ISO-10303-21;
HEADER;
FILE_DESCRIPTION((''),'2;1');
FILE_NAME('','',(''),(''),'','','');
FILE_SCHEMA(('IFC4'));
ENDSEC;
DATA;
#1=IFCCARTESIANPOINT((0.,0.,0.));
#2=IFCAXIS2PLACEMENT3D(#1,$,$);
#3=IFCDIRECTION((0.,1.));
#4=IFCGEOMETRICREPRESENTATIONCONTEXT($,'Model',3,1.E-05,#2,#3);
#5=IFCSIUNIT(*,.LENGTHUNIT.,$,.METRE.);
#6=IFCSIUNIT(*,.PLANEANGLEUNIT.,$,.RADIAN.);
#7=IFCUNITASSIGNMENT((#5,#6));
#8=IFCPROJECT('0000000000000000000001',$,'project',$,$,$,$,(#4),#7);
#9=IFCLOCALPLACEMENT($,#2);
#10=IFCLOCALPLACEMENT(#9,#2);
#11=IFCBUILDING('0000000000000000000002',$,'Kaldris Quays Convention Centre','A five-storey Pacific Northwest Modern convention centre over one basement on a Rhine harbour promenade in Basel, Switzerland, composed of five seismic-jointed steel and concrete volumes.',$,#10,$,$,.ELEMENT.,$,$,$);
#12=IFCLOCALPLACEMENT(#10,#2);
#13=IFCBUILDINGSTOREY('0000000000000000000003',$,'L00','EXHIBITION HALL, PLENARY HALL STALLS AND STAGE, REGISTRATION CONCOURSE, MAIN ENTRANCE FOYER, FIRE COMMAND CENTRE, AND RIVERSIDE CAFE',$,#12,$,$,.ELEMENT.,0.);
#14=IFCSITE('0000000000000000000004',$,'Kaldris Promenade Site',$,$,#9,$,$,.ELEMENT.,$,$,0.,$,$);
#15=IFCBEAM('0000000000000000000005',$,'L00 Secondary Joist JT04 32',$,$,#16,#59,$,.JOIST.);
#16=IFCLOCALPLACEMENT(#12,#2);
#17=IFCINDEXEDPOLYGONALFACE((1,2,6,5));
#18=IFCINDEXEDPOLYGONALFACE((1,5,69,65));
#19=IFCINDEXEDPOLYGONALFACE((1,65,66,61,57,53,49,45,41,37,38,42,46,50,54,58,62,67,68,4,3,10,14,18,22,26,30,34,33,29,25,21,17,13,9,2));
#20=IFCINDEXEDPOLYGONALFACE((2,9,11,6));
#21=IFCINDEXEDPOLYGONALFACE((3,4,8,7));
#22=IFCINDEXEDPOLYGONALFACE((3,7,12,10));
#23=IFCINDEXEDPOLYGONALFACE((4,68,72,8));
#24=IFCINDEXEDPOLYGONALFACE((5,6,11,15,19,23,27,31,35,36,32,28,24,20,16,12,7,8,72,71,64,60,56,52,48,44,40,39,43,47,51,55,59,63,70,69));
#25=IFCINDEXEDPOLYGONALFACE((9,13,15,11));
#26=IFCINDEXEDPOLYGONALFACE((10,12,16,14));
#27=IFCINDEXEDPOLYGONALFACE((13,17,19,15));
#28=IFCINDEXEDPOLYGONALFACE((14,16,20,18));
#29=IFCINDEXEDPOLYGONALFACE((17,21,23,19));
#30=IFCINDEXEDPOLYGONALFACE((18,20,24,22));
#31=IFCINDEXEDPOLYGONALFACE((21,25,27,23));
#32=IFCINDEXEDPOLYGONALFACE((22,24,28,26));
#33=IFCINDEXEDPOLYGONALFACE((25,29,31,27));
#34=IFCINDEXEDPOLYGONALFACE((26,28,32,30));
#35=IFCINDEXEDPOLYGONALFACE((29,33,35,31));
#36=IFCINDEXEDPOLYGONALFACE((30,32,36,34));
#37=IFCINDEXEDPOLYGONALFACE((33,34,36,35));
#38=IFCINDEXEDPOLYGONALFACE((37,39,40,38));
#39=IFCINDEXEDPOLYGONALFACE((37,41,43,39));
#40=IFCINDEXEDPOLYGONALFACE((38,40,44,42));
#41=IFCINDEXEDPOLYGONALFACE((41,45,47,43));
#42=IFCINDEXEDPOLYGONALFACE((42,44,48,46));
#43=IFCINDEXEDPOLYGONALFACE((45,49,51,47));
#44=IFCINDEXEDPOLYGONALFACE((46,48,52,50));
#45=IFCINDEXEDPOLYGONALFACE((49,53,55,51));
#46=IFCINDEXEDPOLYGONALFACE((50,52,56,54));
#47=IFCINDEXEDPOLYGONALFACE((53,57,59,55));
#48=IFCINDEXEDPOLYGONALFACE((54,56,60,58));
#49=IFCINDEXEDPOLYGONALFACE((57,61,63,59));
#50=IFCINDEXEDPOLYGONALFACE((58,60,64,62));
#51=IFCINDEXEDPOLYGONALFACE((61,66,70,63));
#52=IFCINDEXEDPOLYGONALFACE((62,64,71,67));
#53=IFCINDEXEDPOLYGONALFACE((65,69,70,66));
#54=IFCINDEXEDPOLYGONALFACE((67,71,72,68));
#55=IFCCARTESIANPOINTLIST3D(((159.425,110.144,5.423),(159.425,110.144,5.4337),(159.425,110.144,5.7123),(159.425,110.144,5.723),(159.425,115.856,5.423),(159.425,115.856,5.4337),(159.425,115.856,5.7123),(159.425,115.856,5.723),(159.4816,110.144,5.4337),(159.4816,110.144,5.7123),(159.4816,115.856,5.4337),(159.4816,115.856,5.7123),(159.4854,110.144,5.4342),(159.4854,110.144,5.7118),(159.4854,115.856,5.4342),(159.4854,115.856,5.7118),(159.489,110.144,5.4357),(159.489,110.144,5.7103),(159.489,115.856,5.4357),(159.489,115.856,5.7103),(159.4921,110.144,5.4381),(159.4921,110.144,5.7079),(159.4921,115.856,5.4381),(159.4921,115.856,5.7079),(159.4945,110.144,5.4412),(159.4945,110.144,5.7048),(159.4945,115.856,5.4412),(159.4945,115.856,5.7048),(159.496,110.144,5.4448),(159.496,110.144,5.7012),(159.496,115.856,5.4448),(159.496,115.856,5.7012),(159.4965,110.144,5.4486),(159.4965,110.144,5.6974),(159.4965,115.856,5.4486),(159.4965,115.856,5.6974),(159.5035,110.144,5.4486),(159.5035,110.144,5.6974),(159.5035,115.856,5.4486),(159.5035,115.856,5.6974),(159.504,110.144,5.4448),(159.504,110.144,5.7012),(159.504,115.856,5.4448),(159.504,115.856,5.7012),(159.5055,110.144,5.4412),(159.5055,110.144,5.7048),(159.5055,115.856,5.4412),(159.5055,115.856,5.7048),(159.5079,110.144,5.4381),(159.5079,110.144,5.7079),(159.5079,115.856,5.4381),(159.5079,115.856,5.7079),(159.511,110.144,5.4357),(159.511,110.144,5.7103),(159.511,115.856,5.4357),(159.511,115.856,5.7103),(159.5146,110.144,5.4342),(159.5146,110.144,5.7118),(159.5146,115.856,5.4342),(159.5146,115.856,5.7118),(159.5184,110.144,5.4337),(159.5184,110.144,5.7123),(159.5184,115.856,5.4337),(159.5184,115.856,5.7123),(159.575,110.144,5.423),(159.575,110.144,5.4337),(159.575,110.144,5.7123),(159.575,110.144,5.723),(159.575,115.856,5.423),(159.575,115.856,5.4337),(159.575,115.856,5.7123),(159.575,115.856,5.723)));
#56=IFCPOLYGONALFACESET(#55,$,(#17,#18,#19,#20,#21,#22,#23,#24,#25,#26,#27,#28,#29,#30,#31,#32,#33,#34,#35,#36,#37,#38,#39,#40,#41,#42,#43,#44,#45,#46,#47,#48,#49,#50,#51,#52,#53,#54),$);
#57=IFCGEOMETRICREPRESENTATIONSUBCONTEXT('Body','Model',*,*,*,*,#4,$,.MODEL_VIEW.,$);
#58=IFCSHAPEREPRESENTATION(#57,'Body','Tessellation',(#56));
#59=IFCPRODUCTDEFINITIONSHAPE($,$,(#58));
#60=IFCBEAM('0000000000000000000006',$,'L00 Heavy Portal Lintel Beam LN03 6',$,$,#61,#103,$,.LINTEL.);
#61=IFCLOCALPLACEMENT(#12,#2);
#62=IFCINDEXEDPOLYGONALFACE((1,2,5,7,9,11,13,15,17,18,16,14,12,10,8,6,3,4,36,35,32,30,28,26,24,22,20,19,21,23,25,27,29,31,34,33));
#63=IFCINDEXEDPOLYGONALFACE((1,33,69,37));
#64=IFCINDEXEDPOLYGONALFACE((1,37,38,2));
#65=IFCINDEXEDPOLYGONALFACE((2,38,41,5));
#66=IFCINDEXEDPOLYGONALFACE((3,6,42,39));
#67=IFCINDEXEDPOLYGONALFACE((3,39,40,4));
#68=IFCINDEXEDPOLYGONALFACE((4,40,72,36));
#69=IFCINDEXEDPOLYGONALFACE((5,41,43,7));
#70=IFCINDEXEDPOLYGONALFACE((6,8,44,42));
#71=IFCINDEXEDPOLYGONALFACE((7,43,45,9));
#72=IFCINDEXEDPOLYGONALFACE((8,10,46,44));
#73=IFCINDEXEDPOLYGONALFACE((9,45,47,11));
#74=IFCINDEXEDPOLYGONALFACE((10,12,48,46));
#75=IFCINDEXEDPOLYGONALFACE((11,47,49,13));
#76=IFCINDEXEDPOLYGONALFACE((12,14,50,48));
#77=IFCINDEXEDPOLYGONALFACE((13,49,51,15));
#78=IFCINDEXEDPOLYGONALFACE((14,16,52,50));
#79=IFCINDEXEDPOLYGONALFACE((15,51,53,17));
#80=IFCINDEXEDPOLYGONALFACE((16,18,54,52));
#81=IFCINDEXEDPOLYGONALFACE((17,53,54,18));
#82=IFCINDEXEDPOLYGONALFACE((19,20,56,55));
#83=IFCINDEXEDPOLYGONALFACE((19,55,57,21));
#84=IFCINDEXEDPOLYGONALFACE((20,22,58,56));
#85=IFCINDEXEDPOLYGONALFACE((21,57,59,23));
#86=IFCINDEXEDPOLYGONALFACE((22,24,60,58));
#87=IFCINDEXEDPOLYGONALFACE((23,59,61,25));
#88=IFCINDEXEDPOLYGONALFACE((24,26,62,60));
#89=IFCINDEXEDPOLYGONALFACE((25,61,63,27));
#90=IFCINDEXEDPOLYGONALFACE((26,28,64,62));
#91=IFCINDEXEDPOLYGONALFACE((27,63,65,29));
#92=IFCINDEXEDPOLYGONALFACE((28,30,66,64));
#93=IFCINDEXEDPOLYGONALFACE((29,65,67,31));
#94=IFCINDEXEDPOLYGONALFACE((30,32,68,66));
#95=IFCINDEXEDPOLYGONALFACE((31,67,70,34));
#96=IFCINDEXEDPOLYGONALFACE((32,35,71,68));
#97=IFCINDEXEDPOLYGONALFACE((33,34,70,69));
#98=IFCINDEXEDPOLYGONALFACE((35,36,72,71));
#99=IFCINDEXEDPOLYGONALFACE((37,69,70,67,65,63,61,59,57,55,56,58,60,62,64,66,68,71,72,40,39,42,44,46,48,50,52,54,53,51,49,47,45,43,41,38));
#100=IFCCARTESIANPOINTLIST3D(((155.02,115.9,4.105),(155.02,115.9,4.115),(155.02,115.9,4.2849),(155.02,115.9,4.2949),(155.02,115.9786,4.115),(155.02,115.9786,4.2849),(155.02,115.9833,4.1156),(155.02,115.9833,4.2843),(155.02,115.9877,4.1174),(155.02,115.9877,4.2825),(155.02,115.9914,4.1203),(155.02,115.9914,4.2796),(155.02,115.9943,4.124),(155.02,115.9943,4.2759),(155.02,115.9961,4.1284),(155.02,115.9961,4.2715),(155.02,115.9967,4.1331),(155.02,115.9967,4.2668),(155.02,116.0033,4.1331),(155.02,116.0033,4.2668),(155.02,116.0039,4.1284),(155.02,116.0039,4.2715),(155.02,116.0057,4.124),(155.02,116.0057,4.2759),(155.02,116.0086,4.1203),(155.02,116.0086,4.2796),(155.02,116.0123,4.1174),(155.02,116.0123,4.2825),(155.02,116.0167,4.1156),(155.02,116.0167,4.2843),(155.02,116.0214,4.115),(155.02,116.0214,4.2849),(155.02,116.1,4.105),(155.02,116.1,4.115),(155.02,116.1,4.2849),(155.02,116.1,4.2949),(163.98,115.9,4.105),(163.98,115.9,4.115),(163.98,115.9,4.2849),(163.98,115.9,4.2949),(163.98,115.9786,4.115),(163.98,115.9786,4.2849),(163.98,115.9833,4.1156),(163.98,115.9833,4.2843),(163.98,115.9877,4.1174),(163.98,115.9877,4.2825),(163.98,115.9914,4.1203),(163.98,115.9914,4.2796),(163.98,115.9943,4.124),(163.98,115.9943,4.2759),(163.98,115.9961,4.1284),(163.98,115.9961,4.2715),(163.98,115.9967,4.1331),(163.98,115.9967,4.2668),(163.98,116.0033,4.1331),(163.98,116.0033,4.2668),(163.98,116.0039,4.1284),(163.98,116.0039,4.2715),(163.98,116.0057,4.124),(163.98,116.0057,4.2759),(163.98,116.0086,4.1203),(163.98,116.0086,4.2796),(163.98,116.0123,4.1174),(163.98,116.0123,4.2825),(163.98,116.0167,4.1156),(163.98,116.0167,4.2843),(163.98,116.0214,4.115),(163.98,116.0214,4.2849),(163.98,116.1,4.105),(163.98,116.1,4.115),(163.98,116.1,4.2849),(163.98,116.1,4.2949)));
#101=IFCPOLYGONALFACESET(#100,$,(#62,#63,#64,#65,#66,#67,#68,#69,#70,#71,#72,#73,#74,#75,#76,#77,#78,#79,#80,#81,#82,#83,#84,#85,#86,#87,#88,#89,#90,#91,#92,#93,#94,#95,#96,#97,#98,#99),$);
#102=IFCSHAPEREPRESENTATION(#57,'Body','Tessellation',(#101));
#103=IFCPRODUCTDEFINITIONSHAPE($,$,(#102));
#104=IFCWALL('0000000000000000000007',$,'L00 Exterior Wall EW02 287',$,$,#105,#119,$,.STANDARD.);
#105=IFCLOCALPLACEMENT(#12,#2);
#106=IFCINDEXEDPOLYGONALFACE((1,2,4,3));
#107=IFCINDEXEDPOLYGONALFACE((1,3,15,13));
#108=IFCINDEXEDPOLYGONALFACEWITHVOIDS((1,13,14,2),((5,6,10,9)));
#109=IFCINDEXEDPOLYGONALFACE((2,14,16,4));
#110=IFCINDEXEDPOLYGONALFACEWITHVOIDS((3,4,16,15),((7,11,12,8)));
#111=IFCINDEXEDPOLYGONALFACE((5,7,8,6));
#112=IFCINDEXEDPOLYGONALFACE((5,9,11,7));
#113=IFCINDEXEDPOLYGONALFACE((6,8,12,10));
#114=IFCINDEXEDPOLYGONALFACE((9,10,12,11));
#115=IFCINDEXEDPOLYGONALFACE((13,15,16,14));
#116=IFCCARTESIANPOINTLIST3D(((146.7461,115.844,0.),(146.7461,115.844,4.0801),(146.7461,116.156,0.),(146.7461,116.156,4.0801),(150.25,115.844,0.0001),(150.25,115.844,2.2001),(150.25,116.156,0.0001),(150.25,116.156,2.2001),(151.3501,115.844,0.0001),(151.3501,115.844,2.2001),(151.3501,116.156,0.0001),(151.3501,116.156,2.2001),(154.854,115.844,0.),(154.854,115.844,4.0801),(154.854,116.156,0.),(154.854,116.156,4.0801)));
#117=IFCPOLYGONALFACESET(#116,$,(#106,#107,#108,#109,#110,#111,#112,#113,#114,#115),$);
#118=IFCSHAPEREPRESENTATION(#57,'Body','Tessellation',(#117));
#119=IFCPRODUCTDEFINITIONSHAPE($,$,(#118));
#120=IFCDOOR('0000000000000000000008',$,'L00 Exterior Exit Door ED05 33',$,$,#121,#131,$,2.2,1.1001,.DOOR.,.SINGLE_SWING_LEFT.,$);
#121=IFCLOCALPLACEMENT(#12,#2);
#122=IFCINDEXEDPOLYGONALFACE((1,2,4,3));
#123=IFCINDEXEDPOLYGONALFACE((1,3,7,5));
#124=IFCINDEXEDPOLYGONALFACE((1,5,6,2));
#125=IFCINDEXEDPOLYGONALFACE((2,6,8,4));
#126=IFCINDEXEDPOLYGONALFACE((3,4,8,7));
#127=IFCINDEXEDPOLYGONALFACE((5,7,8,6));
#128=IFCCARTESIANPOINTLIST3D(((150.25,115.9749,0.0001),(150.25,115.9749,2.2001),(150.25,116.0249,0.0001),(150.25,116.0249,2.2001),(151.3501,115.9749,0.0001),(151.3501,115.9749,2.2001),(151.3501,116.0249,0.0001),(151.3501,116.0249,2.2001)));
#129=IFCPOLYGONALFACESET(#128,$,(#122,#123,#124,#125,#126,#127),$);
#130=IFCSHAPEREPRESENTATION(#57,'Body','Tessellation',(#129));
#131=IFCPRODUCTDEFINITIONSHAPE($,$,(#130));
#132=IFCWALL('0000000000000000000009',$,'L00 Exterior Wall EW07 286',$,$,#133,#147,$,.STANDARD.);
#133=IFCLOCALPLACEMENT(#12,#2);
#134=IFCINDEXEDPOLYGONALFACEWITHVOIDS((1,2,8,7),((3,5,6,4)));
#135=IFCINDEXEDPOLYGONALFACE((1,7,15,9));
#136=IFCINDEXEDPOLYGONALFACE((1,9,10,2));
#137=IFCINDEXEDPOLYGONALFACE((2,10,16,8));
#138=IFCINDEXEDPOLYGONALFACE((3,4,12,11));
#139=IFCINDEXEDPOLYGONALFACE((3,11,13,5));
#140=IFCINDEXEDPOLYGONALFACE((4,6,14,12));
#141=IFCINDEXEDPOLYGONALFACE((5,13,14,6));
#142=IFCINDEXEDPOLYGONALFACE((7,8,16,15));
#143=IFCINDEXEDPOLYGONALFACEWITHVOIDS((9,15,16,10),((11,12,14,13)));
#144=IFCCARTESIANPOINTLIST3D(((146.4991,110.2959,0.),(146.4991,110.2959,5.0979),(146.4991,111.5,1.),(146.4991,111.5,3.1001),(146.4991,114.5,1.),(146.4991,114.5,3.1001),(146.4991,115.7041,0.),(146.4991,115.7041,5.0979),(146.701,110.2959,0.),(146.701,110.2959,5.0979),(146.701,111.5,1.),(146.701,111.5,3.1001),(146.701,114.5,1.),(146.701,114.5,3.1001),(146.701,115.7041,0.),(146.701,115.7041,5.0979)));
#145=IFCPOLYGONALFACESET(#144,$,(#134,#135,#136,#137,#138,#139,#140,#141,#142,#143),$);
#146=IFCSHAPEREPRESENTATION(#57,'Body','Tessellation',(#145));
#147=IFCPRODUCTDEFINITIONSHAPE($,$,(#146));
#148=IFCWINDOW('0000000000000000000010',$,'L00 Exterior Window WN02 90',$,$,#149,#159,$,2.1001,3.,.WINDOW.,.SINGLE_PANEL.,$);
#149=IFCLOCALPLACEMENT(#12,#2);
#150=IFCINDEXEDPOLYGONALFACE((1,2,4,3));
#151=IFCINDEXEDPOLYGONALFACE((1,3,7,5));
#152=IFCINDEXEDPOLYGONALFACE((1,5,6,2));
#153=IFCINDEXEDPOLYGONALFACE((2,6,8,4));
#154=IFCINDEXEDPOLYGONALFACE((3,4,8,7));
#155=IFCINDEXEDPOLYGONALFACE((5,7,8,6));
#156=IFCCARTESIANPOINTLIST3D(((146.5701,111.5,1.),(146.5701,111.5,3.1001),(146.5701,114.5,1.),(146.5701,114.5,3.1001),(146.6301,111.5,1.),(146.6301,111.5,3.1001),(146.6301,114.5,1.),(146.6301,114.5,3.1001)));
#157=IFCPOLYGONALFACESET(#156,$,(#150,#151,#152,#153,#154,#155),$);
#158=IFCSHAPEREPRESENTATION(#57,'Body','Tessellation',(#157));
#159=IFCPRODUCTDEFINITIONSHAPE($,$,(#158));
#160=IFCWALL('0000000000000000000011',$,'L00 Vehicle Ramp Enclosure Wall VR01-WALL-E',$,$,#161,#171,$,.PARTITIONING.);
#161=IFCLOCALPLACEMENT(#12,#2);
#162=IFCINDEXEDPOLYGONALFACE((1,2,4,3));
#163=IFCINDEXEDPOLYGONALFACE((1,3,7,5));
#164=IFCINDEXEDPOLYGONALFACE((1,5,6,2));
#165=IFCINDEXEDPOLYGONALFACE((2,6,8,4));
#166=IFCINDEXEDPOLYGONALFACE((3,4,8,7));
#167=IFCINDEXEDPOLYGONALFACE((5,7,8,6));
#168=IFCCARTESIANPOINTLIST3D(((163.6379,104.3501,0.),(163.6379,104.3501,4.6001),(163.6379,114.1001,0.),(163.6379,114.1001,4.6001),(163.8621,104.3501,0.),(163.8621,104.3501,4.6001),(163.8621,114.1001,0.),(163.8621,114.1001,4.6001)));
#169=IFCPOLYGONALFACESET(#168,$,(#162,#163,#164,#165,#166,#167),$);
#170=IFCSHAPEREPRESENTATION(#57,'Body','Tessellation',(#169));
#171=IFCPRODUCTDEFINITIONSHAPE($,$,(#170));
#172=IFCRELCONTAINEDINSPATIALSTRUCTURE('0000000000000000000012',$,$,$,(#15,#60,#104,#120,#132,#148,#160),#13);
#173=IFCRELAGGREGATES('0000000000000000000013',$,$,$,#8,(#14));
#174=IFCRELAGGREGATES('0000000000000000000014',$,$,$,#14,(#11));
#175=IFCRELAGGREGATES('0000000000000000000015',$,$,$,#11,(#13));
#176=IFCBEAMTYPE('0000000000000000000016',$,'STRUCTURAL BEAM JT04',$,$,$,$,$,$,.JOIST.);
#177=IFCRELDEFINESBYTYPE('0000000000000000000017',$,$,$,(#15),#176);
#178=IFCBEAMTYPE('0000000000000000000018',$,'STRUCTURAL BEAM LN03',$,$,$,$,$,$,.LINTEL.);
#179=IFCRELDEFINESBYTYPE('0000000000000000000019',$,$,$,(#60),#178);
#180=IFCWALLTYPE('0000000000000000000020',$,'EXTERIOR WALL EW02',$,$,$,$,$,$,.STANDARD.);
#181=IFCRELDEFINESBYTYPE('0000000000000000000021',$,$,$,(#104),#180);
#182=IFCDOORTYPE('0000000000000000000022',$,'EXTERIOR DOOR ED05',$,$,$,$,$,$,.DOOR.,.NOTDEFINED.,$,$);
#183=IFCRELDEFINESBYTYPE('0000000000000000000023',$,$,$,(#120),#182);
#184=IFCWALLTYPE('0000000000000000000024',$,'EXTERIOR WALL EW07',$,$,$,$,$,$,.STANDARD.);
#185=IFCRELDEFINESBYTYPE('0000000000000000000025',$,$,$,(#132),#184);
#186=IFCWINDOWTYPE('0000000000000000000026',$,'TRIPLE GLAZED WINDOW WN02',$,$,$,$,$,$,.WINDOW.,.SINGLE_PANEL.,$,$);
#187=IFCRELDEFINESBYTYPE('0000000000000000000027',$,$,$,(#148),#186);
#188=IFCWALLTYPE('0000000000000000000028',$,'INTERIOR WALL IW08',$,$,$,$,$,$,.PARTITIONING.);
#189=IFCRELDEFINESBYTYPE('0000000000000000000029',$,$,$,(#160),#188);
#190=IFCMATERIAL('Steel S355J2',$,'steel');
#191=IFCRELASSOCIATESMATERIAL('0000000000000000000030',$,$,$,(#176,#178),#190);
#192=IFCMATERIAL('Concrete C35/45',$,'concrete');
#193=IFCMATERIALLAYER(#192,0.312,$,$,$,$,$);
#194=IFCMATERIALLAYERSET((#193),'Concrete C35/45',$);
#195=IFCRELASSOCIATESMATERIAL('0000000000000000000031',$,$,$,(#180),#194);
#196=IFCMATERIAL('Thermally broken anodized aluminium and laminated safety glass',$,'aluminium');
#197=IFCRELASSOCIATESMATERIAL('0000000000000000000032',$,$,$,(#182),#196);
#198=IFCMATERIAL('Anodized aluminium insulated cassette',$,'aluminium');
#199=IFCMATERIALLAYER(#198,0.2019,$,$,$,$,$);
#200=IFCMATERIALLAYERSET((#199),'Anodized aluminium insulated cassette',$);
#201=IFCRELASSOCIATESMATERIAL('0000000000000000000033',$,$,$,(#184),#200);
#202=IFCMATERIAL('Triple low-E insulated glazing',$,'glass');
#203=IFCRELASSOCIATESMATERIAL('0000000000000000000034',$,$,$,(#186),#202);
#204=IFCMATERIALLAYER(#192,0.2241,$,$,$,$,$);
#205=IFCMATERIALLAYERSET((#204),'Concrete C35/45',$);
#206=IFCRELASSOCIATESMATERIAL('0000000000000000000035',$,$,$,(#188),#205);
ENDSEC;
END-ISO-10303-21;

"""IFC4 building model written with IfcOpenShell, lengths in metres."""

from ifc_helpers import new_model, si_unit, direction, frame, frame_2d, origin, origin_2d, place, context, subcontext, project, spatial, rectangle, i_section, extrude, material, layer, layer_set, material_profile, profile_set, type_object, element, fill, save


model = new_model("IFC4")

# Units and contexts
model_context = context("Model", 3, precision=1e-05, world=origin(), true_north=direction((0.0, 1.0)))
body_context = subcontext(model_context, "Body", "Model", "MODEL_VIEW")
ifc_project = project(units=[si_unit("LENGTHUNIT", "METRE"), si_unit("PLANEANGLEUNIT", "RADIAN")], contexts=[model_context])

# Site, building, storey
site_placement = place(None, origin())
site = spatial("IfcSite", under=ifc_project, at=site_placement, Name="Kaldris Promenade Site", CompositionType="ELEMENT", RefElevation=0.0)
building_placement = place(site_placement, origin())
building = spatial("IfcBuilding", under=site, at=building_placement, Name="Kaldris Quays Convention Centre", Description="A five-storey Pacific Northwest Modern convention centre over one basement on a Rhine harbour promenade in Basel, Switzerland, composed of five seismic-jointed steel and concrete volumes.", CompositionType="ELEMENT")
storey_placement = place(building_placement, origin())
storey = spatial("IfcBuildingStorey", under=building, at=storey_placement, Name="L00", Description="EXHIBITION HALL, PLENARY HALL STALLS AND STAGE, REGISTRATION CONCOURSE, MAIN ENTRANCE FOYER, FIRE COMMAND CENTRE, AND RIVERSIDE CAFE", CompositionType="ELEMENT", Elevation=0.0)

# Shared definitions
ifc_material_1 = material(Name="Steel S355J2", Category="steel")

# Beams
ifc_material_profile_1 = material_profile(ifc_material_1, i_section(OverallWidth=0.1499, OverallDepth=0.3, WebThickness=0.0071, FlangeThickness=0.0107, FilletRadius=0.0149, at=origin_2d()), Name="IPE 300")
ifc_profile_set_1 = profile_set([ifc_material_profile_1], Name="Steel S355J2")
beam_type_1 = type_object("IfcBeamType", Name="STRUCTURAL BEAM JT04", PredefinedType="JOIST", material=ifc_profile_set_1)
for number, where, z_axis, x_axis, name in (
    (1, (159.5, 110.144, 5.573), (0.0, 1.0, 0.0), (-1.0, 0.0, 0.0), "L00 Secondary Joist JT04 32"),
):
    element("IfcBeam", number, at=place(storey_placement, frame(where, z_axis=z_axis, x_axis=x_axis)), inside=storey, type_object=beam_type_1, Name=name, PredefinedType="JOIST", context=body_context, shape_type="SweptSolid", body=[
        extrude(i_section(OverallWidth=0.1499, OverallDepth=0.3, WebThickness=0.0071, FlangeThickness=0.0107, FilletRadius=0.0149, at=origin_2d()), origin(), (0.0, 0.0, 1.0), 5.7119),
    ])
ifc_material_profile_2 = material_profile(ifc_material_1, i_section(OverallWidth=0.2, OverallDepth=0.1899, WebThickness=0.0066, FlangeThickness=0.01, FilletRadius=0.0181, at=origin_2d()), Name="HEA 200")
ifc_profile_set_2 = profile_set([ifc_material_profile_2], Name="Steel S355J2")
beam_type_2 = type_object("IfcBeamType", Name="STRUCTURAL BEAM LN03", PredefinedType="LINTEL", material=ifc_profile_set_2)
beam_1_placement = place(storey_placement, frame((155.02, 116.0, 4.2), z_axis=(1.0, 0.0, 0.0), x_axis=(0.0, 1.0, 0.0)))
element("IfcBeam", 2, at=beam_1_placement, inside=storey, type_object=beam_type_2, Name="L00 Heavy Portal Lintel Beam LN03 6", PredefinedType="LINTEL", context=body_context, shape_type="SweptSolid", body=[
    extrude(i_section(OverallWidth=0.2, OverallDepth=0.1899, WebThickness=0.0066, FlangeThickness=0.01, FilletRadius=0.0181, at=origin_2d()), origin(), (0.0, 0.0, 1.0), 8.96),
])

# Wall, opening, door
ifc_material_2 = material(Name="Concrete C35/45", Category="concrete")
ifc_layer_1 = layer(ifc_material_2, 0.312)
ifc_layer_set_1 = layer_set([ifc_layer_1], Name="Concrete C35/45")
wall_type_1 = type_object("IfcWallType", Name="EXTERIOR WALL EW02", PredefinedType="STANDARD", material=ifc_layer_set_1)
wall_1_placement = place(storey_placement, frame((146.7461, 116.0, 0.0), z_axis=(0.0, 0.0, 1.0), x_axis=(1.0, 0.0, 0.0)))
wall_1 = element("IfcWall", 3, at=wall_1_placement, inside=storey, type_object=wall_type_1, Name="L00 Exterior Wall EW02 287", PredefinedType="STANDARD", context=body_context, shape_type="SweptSolid", body=[
    extrude(rectangle(XDim=8.1079, YDim=0.312, at=frame_2d((4.054, 0.0))), origin(), (0.0, 0.0, 1.0), 4.0801),
])
opening_1_placement = place(wall_1_placement, frame((3.5039, 0.0, 0.0)))
opening_1 = element("IfcOpeningElement", 4, at=opening_1_placement, cuts=wall_1, PredefinedType="OPENING", context=body_context, shape_type="SweptSolid", body=[
    extrude(rectangle(XDim=1.1001, YDim=2.2, at=frame_2d((0.55, 1.1001))), frame((0.0, 0.166, 0.0), z_axis=(0.0, -1.0, 0.0), x_axis=(1.0, 0.0, 0.0)), (0.0, 0.0, 1.0), 0.332),
])
ifc_material_3 = material(Name="Thermally broken anodized aluminium and laminated safety glass", Category="aluminium")
door_type_1 = type_object("IfcDoorType", Name="EXTERIOR DOOR ED05", OperationType="NOTDEFINED", PredefinedType="DOOR", material=ifc_material_3)
door_1_placement = place(opening_1_placement, origin())
door_1 = element("IfcDoor", 5, at=door_1_placement, inside=storey, type_object=door_type_1, Name="L00 Exterior Exit Door ED05 33", OperationType="SINGLE_SWING_LEFT", OverallHeight=2.2, OverallWidth=1.1001, PredefinedType="DOOR", context=body_context, shape_type="SweptSolid", body=[
    extrude(rectangle(XDim=1.1001, YDim=2.2, at=frame_2d((0.55, 1.1001))), frame((0.0, 0.0249, 0.0), z_axis=(0.0, -1.0, 0.0), x_axis=(1.0, 0.0, 0.0)), (0.0, 0.0, 1.0), 0.05),
])
fill(opening_1, door_1)

# Wall, opening, window
ifc_material_4 = material(Name="Anodized aluminium insulated cassette", Category="aluminium")
ifc_layer_2 = layer(ifc_material_4, 0.2019)
ifc_layer_set_2 = layer_set([ifc_layer_2], Name="Anodized aluminium insulated cassette")
wall_type_2 = type_object("IfcWallType", Name="EXTERIOR WALL EW07", PredefinedType="STANDARD", material=ifc_layer_set_2)
wall_2_placement = place(storey_placement, frame((146.6001, 110.2959, 0.0), z_axis=(0.0, 0.0, 1.0), x_axis=(0.0, 1.0, 0.0)))
wall_2 = element("IfcWall", 6, at=wall_2_placement, inside=storey, type_object=wall_type_2, Name="L00 Exterior Wall EW07 286", PredefinedType="STANDARD", context=body_context, shape_type="SweptSolid", body=[
    extrude(rectangle(XDim=5.4082, YDim=0.2019, at=frame_2d((2.7041, 0.0))), origin(), (0.0, 0.0, 1.0), 5.0979),
])
opening_2_placement = place(wall_2_placement, frame((1.2041, 0.0, 1.0)))
opening_2 = element("IfcOpeningElement", 7, at=opening_2_placement, cuts=wall_2, PredefinedType="OPENING", context=body_context, shape_type="SweptSolid", body=[
    extrude(rectangle(XDim=3.0, YDim=2.1001, at=frame_2d((1.5, 1.05))), frame((0.0, 0.1108, 0.0), z_axis=(0.0, -1.0, 0.0), x_axis=(1.0, 0.0, 0.0)), (0.0, 0.0, 1.0), 0.2219),
])
ifc_material_5 = material(Name="Triple low-E insulated glazing", Category="glass")
window_type = type_object("IfcWindowType", Name="TRIPLE GLAZED WINDOW WN02", PartitioningType="SINGLE_PANEL", PredefinedType="WINDOW", material=ifc_material_5)
window_placement = place(opening_2_placement, origin())
window = element("IfcWindow", 8, at=window_placement, inside=storey, type_object=window_type, Name="L00 Exterior Window WN02 90", OverallHeight=2.1001, OverallWidth=3.0, PartitioningType="SINGLE_PANEL", PredefinedType="WINDOW", context=body_context, shape_type="SweptSolid", body=[
    extrude(rectangle(XDim=3.0, YDim=2.1001, at=frame_2d((1.5, 1.05))), frame((0.0, 0.03, 0.0), z_axis=(0.0, -1.0, 0.0), x_axis=(1.0, 0.0, 0.0)), (0.0, 0.0, 1.0), 0.0601),
])
fill(opening_2, window)

# Wall
ifc_layer_3 = layer(ifc_material_2, 0.2241)
ifc_layer_set_3 = layer_set([ifc_layer_3], Name="Concrete C35/45")
wall_type_3 = type_object("IfcWallType", Name="INTERIOR WALL IW08", PredefinedType="PARTITIONING", material=ifc_layer_set_3)
wall_3_placement = place(storey_placement, frame((163.75, 104.3501, 0.0), z_axis=(0.0, 0.0, 1.0), x_axis=(0.0, 1.0, 0.0)))
element("IfcWall", 9, at=wall_3_placement, inside=storey, type_object=wall_type_3, Name="L00 Vehicle Ramp Enclosure Wall VR01-WALL-E", PredefinedType="PARTITIONING", context=body_context, shape_type="SweptSolid", body=[
    extrude(rectangle(XDim=9.75, YDim=0.2241, at=frame_2d((4.875, 0.0))), origin(), (0.0, 0.0, 1.0), 4.6001),
])

save(model, "model.ifc")
